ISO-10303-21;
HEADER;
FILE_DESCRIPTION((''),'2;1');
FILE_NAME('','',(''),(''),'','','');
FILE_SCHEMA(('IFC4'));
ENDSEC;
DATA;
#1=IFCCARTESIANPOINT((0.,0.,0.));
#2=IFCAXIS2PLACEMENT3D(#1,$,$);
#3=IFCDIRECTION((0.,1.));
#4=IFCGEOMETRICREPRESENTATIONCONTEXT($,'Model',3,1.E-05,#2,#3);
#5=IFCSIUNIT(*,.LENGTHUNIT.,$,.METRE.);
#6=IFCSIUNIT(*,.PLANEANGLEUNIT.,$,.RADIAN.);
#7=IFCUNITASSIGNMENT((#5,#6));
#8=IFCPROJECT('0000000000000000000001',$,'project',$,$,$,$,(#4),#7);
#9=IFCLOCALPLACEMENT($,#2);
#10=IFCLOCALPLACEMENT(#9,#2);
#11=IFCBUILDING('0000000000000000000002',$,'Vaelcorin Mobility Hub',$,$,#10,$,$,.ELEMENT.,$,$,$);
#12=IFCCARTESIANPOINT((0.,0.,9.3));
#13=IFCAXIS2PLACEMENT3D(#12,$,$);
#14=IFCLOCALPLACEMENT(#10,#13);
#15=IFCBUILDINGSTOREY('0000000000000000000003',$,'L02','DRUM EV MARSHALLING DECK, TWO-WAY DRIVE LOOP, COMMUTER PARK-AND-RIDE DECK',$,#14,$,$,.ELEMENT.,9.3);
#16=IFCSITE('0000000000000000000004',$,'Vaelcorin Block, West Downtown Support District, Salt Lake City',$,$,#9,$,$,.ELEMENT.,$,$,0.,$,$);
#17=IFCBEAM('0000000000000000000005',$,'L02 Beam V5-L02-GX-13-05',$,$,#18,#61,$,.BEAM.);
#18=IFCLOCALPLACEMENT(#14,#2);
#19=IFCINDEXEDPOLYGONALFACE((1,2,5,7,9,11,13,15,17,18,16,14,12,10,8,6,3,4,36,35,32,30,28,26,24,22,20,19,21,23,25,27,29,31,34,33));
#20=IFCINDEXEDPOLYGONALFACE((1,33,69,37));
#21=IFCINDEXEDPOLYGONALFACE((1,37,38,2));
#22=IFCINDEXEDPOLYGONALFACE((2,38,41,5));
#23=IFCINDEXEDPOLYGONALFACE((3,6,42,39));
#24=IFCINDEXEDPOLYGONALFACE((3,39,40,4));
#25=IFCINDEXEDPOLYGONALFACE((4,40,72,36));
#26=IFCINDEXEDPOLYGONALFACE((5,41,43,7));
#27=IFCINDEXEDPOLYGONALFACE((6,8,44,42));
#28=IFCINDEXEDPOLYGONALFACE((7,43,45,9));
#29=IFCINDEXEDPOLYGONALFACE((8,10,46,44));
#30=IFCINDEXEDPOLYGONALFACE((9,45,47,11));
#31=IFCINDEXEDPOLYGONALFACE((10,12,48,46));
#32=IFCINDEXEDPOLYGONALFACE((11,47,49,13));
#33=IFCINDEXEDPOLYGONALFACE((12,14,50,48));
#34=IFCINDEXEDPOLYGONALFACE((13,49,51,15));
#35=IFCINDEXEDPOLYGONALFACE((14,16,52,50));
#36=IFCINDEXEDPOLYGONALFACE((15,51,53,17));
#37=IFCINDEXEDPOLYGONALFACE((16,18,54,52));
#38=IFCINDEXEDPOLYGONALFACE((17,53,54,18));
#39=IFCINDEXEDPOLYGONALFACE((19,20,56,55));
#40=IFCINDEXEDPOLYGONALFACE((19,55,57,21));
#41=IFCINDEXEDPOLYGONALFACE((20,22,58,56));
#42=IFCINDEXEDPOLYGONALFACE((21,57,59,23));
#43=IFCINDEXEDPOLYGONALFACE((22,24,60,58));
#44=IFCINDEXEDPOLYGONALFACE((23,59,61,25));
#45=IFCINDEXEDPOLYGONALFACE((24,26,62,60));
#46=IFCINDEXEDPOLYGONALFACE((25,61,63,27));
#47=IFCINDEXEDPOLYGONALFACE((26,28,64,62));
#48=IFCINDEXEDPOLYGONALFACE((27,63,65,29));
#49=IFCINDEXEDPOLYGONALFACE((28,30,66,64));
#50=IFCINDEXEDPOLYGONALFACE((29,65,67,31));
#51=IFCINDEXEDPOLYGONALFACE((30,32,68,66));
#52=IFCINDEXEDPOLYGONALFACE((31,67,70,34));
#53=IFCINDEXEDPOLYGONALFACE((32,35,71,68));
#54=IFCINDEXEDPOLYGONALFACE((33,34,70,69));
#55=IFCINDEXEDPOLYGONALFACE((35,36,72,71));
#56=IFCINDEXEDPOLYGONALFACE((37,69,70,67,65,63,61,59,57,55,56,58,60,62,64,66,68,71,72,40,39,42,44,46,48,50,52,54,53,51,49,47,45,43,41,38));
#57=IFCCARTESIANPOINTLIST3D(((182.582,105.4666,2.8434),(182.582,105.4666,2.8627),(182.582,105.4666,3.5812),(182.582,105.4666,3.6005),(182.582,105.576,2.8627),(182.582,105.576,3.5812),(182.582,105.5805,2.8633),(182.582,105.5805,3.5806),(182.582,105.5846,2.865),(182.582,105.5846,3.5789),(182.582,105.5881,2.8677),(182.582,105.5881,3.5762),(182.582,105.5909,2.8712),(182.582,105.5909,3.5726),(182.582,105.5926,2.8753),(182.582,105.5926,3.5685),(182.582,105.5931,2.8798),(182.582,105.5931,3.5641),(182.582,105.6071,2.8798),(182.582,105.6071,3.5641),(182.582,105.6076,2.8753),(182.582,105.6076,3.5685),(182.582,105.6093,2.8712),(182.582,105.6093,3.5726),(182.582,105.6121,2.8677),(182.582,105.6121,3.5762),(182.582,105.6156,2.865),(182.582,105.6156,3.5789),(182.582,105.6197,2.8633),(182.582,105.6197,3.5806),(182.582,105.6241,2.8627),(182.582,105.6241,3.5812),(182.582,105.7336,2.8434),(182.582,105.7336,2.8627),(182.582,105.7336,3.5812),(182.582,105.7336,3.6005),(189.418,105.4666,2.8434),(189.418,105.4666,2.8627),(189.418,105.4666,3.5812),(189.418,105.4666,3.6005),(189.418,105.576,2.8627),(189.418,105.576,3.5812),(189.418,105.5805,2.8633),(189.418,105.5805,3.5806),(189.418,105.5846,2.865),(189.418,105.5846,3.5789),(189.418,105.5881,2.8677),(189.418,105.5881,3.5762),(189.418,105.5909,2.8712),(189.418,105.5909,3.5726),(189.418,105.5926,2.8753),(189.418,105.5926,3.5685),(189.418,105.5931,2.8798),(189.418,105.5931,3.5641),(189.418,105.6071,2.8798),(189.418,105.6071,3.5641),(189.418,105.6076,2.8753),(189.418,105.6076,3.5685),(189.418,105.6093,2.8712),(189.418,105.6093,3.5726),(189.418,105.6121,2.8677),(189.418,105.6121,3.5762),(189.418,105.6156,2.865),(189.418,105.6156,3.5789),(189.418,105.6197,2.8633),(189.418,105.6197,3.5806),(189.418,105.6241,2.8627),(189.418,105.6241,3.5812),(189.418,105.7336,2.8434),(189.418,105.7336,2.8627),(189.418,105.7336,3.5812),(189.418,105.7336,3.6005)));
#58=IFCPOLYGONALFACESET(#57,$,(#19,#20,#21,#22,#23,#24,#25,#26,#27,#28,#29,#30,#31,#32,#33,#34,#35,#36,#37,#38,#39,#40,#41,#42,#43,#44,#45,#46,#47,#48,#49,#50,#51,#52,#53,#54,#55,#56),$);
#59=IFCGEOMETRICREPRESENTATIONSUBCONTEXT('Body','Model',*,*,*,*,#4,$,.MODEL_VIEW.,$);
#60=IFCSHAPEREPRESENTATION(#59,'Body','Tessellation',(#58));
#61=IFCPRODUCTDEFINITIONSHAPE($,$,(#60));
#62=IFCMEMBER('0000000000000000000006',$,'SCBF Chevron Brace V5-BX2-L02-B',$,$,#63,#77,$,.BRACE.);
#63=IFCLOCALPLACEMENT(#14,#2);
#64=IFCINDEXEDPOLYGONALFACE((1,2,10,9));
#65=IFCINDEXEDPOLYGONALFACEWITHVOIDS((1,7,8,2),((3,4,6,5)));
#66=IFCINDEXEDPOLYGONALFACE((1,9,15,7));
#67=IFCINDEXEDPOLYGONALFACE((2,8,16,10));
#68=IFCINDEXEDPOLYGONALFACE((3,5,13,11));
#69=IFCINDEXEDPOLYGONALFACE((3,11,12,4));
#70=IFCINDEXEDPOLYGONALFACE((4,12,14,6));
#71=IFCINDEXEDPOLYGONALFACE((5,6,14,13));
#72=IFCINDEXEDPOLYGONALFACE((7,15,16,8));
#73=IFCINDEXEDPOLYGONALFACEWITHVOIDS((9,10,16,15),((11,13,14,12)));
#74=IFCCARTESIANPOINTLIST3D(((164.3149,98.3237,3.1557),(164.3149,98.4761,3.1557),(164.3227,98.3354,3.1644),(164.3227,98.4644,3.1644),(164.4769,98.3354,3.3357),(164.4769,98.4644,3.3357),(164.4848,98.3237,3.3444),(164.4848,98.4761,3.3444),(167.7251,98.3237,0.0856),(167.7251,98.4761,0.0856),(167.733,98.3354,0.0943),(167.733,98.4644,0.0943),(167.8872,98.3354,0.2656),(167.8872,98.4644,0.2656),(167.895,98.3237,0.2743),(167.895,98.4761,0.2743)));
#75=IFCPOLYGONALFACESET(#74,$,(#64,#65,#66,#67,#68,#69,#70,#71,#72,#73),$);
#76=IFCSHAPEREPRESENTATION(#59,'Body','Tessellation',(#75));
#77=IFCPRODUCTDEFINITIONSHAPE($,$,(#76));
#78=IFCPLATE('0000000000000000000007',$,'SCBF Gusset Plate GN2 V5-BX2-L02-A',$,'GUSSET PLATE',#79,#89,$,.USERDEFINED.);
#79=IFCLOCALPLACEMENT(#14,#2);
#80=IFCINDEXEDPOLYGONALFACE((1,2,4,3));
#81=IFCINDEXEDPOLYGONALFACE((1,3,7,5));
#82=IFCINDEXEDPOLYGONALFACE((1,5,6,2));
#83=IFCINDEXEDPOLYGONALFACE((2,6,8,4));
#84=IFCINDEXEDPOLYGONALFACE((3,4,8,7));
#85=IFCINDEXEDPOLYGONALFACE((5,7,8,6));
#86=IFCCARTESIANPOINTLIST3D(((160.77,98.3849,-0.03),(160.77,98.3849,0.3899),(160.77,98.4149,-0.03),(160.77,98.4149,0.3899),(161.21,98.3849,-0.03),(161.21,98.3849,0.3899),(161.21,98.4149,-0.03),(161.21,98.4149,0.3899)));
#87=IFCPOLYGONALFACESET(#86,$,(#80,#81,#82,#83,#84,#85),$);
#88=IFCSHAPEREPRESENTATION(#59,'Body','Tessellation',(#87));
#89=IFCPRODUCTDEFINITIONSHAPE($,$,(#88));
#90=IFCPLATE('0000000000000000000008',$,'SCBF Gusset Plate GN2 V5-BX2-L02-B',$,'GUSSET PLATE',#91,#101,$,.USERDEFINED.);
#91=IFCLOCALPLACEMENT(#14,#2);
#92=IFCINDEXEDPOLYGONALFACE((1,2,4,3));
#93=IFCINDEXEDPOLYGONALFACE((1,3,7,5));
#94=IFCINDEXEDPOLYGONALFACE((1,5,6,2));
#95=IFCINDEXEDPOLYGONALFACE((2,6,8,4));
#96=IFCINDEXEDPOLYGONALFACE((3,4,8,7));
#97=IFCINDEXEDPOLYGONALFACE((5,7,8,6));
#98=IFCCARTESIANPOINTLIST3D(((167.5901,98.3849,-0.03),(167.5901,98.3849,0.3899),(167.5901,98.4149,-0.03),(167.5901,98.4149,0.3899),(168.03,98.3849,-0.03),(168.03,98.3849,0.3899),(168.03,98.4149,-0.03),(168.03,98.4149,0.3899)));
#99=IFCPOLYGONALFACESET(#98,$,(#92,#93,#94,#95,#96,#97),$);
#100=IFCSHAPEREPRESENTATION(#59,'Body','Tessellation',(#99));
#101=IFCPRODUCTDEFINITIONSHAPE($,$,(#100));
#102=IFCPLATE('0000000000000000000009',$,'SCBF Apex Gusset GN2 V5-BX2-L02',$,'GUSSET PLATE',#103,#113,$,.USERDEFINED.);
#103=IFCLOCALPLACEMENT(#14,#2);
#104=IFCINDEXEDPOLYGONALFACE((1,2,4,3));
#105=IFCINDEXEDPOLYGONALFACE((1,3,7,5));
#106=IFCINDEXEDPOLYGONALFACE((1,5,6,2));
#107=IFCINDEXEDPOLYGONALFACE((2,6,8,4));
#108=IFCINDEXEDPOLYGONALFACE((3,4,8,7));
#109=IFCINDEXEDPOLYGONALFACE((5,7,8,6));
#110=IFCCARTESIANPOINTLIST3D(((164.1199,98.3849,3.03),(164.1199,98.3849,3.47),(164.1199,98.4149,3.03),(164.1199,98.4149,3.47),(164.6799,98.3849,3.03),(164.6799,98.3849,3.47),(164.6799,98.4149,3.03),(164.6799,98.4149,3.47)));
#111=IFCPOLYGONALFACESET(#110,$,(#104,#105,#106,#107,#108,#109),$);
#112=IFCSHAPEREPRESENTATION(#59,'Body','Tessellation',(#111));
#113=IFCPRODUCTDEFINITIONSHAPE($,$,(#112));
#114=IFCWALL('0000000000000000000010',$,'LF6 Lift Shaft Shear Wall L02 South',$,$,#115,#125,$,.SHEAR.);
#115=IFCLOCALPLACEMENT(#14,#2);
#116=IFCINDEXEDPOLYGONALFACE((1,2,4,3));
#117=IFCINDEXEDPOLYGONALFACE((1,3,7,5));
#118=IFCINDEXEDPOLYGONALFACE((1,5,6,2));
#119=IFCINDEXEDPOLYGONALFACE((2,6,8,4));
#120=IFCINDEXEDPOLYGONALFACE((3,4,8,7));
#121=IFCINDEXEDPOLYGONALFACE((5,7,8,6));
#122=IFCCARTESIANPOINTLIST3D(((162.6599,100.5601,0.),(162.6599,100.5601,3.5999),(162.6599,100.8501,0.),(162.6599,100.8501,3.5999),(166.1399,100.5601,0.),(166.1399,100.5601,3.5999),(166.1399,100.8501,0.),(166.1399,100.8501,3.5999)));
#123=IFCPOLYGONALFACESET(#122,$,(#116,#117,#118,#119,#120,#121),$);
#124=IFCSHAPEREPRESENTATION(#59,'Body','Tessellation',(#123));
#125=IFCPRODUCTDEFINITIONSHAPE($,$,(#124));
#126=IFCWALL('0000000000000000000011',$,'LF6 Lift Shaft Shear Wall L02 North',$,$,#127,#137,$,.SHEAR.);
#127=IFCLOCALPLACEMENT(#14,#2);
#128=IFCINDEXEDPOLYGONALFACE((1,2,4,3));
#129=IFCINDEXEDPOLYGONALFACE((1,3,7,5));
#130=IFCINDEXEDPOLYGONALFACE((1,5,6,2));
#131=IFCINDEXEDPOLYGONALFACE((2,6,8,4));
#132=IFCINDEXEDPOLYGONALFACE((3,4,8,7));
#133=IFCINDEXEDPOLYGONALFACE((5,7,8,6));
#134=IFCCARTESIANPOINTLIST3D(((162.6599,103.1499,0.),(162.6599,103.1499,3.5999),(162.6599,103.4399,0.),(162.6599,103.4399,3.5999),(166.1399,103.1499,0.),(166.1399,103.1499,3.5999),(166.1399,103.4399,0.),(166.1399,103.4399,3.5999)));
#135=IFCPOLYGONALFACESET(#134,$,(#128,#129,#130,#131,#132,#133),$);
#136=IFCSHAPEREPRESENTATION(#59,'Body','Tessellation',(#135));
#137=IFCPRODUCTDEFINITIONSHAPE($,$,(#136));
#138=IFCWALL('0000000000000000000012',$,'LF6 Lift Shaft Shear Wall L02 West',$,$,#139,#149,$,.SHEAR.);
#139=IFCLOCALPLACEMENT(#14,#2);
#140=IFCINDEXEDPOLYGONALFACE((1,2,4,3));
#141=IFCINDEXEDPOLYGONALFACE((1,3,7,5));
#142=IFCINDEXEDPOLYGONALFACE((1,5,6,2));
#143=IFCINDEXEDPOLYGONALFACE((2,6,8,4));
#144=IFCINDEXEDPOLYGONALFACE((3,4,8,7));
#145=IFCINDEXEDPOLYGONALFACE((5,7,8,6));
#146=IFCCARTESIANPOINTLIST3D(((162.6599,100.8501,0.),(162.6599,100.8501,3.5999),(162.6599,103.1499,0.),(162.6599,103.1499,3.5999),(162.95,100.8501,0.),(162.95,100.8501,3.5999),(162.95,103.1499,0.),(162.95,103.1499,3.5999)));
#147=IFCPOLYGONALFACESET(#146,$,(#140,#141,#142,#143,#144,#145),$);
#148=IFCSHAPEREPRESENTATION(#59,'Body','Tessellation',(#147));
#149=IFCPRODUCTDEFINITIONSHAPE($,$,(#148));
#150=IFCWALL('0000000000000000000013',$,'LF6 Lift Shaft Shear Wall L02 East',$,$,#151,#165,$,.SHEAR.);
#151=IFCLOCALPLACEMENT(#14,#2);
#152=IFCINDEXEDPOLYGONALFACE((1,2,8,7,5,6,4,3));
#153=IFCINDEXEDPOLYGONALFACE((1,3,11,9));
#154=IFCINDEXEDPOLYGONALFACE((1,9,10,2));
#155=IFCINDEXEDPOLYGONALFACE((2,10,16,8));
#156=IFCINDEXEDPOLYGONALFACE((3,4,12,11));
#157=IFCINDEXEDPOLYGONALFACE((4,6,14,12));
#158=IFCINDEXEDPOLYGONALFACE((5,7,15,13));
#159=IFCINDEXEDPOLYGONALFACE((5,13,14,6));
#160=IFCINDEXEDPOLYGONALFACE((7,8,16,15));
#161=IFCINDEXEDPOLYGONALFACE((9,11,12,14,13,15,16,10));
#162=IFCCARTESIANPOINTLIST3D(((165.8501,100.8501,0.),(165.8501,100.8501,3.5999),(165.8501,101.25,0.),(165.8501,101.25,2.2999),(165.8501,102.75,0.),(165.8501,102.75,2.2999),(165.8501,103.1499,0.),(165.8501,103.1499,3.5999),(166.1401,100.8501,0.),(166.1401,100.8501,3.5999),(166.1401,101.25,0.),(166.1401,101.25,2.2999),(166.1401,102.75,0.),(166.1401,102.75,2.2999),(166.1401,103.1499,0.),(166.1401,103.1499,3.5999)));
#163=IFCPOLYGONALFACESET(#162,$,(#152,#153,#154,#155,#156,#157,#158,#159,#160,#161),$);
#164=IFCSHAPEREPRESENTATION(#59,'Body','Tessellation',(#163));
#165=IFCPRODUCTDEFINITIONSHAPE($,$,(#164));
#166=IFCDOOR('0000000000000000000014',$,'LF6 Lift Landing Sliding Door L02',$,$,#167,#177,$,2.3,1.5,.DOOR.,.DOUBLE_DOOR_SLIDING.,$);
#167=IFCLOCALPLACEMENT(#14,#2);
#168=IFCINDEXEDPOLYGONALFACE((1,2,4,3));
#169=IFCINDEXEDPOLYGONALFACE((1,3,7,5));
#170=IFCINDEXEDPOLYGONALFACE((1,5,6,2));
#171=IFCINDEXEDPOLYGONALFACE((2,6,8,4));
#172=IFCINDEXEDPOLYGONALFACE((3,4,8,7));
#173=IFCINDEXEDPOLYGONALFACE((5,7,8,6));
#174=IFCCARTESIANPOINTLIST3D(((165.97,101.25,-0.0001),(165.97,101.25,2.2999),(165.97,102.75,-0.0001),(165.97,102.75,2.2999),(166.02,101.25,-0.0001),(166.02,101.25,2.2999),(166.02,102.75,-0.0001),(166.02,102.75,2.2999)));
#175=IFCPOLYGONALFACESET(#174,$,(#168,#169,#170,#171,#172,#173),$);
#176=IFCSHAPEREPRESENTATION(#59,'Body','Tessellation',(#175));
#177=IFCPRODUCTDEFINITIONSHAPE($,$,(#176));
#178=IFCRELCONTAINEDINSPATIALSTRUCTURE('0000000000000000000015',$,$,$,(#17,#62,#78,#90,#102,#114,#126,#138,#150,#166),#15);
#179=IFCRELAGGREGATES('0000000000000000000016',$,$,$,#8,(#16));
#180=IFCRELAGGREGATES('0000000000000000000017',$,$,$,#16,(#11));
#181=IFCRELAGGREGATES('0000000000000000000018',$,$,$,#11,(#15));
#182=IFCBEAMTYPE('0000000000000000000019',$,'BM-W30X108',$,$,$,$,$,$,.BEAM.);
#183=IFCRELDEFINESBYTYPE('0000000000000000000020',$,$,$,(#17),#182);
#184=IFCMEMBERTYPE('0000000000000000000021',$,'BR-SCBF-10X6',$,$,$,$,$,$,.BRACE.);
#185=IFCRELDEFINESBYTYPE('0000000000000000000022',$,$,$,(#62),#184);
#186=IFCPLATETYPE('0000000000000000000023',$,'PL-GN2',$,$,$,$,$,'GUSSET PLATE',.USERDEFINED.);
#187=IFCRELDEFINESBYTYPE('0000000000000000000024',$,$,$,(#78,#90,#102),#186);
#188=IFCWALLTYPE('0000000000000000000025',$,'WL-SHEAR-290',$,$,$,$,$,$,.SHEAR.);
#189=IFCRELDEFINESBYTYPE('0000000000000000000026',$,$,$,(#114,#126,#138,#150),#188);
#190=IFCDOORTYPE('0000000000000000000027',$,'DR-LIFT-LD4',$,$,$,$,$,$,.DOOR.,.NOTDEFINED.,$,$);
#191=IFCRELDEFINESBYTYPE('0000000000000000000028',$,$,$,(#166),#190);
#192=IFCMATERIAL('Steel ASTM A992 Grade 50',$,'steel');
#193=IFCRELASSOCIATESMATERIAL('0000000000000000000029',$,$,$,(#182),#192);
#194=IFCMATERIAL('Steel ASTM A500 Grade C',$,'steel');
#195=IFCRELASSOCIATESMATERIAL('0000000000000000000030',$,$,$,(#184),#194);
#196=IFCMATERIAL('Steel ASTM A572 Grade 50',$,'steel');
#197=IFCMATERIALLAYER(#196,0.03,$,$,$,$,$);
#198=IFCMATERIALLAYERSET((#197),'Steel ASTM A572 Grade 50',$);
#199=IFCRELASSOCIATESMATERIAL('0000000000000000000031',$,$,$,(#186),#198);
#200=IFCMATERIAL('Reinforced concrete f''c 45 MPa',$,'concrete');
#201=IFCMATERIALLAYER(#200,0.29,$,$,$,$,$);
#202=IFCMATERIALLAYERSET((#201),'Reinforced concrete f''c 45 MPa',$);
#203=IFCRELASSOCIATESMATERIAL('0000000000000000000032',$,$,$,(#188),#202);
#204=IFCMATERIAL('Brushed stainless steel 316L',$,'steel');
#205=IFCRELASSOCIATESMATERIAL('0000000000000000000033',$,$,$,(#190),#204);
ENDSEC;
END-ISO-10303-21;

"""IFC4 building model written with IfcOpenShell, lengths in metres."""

from ifc_helpers import new_model, si_unit, direction, frame, frame_2d, origin, origin_2d, place, context, subcontext, project, spatial, rectangle, hollow_rectangle, i_section, extrude, material, layer, layer_set, material_profile, profile_set, type_object, element, fill, save


model = new_model("IFC4")

# Units and contexts
model_context = context("Model", 3, precision=1e-05, world=origin(), true_north=direction((0.0, 1.0)))
body_context = subcontext(model_context, "Body", "Model", "MODEL_VIEW")
ifc_project = project(units=[si_unit("LENGTHUNIT", "METRE"), si_unit("PLANEANGLEUNIT", "RADIAN")], contexts=[model_context])

# Site, building, storey
site_placement = place(None, origin())
site = spatial("IfcSite", under=ifc_project, at=site_placement, Name="Vaelcorin Block, West Downtown Support District, Salt Lake City", CompositionType="ELEMENT", RefElevation=0.0)
building_placement = place(site_placement, origin())
building = spatial("IfcBuilding", under=site, at=building_placement, Name="Vaelcorin Mobility Hub", CompositionType="ELEMENT")
storey_placement = place(building_placement, frame((0.0, 0.0, 9.3)))
storey = spatial("IfcBuildingStorey", under=building, at=storey_placement, Name="L02", Description="DRUM EV MARSHALLING DECK, TWO-WAY DRIVE LOOP, COMMUTER PARK-AND-RIDE DECK", CompositionType="ELEMENT", Elevation=9.3)

# Shared definitions
ifc_material_1 = material(Name="Steel ASTM A992 Grade 50", Category="steel")

# Beam
ifc_material_profile_1 = material_profile(ifc_material_1, i_section(OverallWidth=0.2671, OverallDepth=0.7571, WebThickness=0.0139, FlangeThickness=0.0193, FilletRadius=0.0171, at=origin_2d()), Name="W30X108")
ifc_profile_set_1 = profile_set([ifc_material_profile_1], Name="Steel ASTM A992 Grade 50")
beam_type_1 = type_object("IfcBeamType", Name="BM-W30X108", PredefinedType="BEAM", material=ifc_profile_set_1)
for number, where, z_axis, x_axis, name in (
    (1, (182.582, 105.6001, 3.2219), (1.0, 0.0, 0.0), (0.0, 1.0, 0.0), "L02 Beam V5-L02-GX-13-05"),
):
    element("IfcBeam", number, at=place(storey_placement, frame(where, z_axis=z_axis, x_axis=x_axis)), inside=storey, type_object=beam_type_1, Name=name, PredefinedType="BEAM", context=body_context, shape_type="SweptSolid", body=[
        extrude(i_section(OverallWidth=0.2671, OverallDepth=0.7571, WebThickness=0.0139, FlangeThickness=0.0193, FilletRadius=0.0171, at=origin_2d()), origin(), (0.0, 0.0, 1.0), 6.8359),
    ])

# Member
ifc_material_2 = material(Name="Steel ASTM A500 Grade C", Category="steel")
ifc_material_profile_2 = material_profile(ifc_material_2, hollow_rectangle(XDim=0.1523, YDim=0.2539, WallThickness=0.0117, at=origin_2d()), Name="HSS10X6X0.500")
ifc_profile_set_2 = profile_set([ifc_material_profile_2], Name="Steel ASTM A500 Grade C")
member_type = type_object("IfcMemberType", Name="BR-SCBF-10X6", PredefinedType="BRACE", material=ifc_profile_set_2)
member_placement = place(storey_placement, frame((167.8101, 98.3999, 0.1799), z_axis=(-0.743194, 0.0, 0.669076), x_axis=(0.0, -1.0, 0.0)))
element("IfcMember", 2, at=member_placement, inside=storey, type_object=member_type, Name="SCBF Chevron Brace V5-BX2-L02-B", PredefinedType="BRACE", context=body_context, shape_type="SweptSolid", body=[
    extrude(hollow_rectangle(XDim=0.1523, YDim=0.2539, WallThickness=0.0117, at=origin_2d()), origin(), (0.0, 0.0, 1.0), 4.5886),
])

# Plates
ifc_material_3 = material(Name="Steel ASTM A572 Grade 50", Category="steel")
ifc_layer_1 = layer(ifc_material_3, 0.03)
ifc_layer_set_1 = layer_set([ifc_layer_1], Name="Steel ASTM A572 Grade 50")
plate_type = type_object("IfcPlateType", Name="PL-GN2", ElementType="GUSSET PLATE", PredefinedType="USERDEFINED", material=ifc_layer_set_1)
for number, where, z_axis, x_axis, name in (
    (3, (160.99, 98.3999, -0.03), (0.0, 0.0, 1.0), (1.0, 0.0, 0.0), "SCBF Gusset Plate GN2 V5-BX2-L02-A"),
    (4, (167.8101, 98.3999, -0.03), (0.0, 0.0, 1.0), (1.0, 0.0, 0.0), "SCBF Gusset Plate GN2 V5-BX2-L02-B"),
):
    element("IfcPlate", number, at=place(storey_placement, frame(where, z_axis=z_axis, x_axis=x_axis)), inside=storey, type_object=plate_type, Name=name, ObjectType="GUSSET PLATE", PredefinedType="USERDEFINED", context=body_context, shape_type="SweptSolid", body=[
        extrude(rectangle(XDim=0.4399, YDim=0.03, at=origin_2d()), origin(), (0.0, 0.0, 1.0), 0.4199),
    ])
plate_placement = place(storey_placement, frame((164.3999, 98.3999, 3.03), z_axis=(0.0, 0.0, 1.0), x_axis=(1.0, 0.0, 0.0)))
element("IfcPlate", 5, at=plate_placement, inside=storey, type_object=plate_type, Name="SCBF Apex Gusset GN2 V5-BX2-L02", ObjectType="GUSSET PLATE", PredefinedType="USERDEFINED", context=body_context, shape_type="SweptSolid", body=[
    extrude(rectangle(XDim=0.5601, YDim=0.03, at=origin_2d()), origin(), (0.0, 0.0, 1.0), 0.4399),
])

# Walls
ifc_material_4 = material(Name="Reinforced concrete f'c 45 MPa", Category="concrete")
ifc_layer_2 = layer(ifc_material_4, 0.29)
ifc_layer_set_2 = layer_set([ifc_layer_2], Name="Reinforced concrete f'c 45 MPa")
wall_type = type_object("IfcWallType", Name="WL-SHEAR-290", PredefinedType="SHEAR", material=ifc_layer_set_2)
for number, where, z_axis, x_axis, name in (
    (6, (166.1399, 100.7051, 0.0), (0.0, 0.0, 1.0), (-1.0, 0.0, 0.0), "LF6 Lift Shaft Shear Wall L02 South"),
    (7, (162.6599, 103.2949, 0.0), (0.0, 0.0, 1.0), (1.0, 0.0, 0.0), "LF6 Lift Shaft Shear Wall L02 North"),
):
    element("IfcWall", number, at=place(storey_placement, frame(where, z_axis=z_axis, x_axis=x_axis)), inside=storey, type_object=wall_type, Name=name, PredefinedType="SHEAR", context=body_context, shape_type="SweptSolid", body=[
        extrude(rectangle(XDim=3.48, YDim=0.29, at=frame_2d((1.74, 0.0))), origin(), (0.0, 0.0, 1.0), 3.5999),
    ])
wall_1_placement = place(storey_placement, frame((162.8049, 100.8501, 0.0), z_axis=(0.0, 0.0, 1.0), x_axis=(0.0, 1.0, 0.0)))
element("IfcWall", 8, at=wall_1_placement, inside=storey, type_object=wall_type, Name="LF6 Lift Shaft Shear Wall L02 West", PredefinedType="SHEAR", context=body_context, shape_type="SweptSolid", body=[
    extrude(rectangle(XDim=2.2998, YDim=0.29, at=frame_2d((1.1499, 0.0))), origin(), (0.0, 0.0, 1.0), 3.5999),
])

# Wall, opening, door
wall_2_placement = place(storey_placement, frame((165.9951, 103.1499, 0.0), z_axis=(0.0, 0.0, 1.0), x_axis=(0.0, -1.0, 0.0)))
wall_2 = element("IfcWall", 9, at=wall_2_placement, inside=storey, type_object=wall_type, Name="LF6 Lift Shaft Shear Wall L02 East", PredefinedType="SHEAR", context=body_context, shape_type="SweptSolid", body=[
    extrude(rectangle(XDim=2.2998, YDim=0.29, at=frame_2d((1.1499, 0.0))), origin(), (0.0, 0.0, 1.0), 3.5999),
])
opening_placement = place(wall_2_placement, frame((0.3999, 0.0, 0.0)))
opening = element("IfcOpeningElement", 10, at=opening_placement, cuts=wall_2, PredefinedType="OPENING", context=body_context, shape_type="SweptSolid", body=[
    extrude(rectangle(XDim=1.5, YDim=2.3, at=frame_2d((0.75, 1.1499))), frame((0.0, 0.155, 0.0), z_axis=(0.0, -1.0, 0.0), x_axis=(1.0, 0.0, 0.0)), (0.0, 0.0, 1.0), 0.3101),
])
ifc_material_5 = material(Name="Brushed stainless steel 316L", Category="steel")
door_type = type_object("IfcDoorType", Name="DR-LIFT-LD4", OperationType="NOTDEFINED", PredefinedType="DOOR", material=ifc_material_5)
door_placement = place(opening_placement, origin())
door = element("IfcDoor", 11, at=door_placement, inside=storey, type_object=door_type, Name="LF6 Lift Landing Sliding Door L02", OperationType="DOUBLE_DOOR_SLIDING", OverallHeight=2.3, OverallWidth=1.5, PredefinedType="DOOR", context=body_context, shape_type="SweptSolid", body=[
    extrude(rectangle(XDim=1.5, YDim=2.3, at=frame_2d((0.75, 1.1499))), frame((0.0, 0.0249, 0.0), z_axis=(0.0, -1.0, 0.0), x_axis=(1.0, 0.0, 0.0)), (0.0, 0.0, 1.0), 0.05),
])
fill(opening, door)

save(model, "model.ifc")
